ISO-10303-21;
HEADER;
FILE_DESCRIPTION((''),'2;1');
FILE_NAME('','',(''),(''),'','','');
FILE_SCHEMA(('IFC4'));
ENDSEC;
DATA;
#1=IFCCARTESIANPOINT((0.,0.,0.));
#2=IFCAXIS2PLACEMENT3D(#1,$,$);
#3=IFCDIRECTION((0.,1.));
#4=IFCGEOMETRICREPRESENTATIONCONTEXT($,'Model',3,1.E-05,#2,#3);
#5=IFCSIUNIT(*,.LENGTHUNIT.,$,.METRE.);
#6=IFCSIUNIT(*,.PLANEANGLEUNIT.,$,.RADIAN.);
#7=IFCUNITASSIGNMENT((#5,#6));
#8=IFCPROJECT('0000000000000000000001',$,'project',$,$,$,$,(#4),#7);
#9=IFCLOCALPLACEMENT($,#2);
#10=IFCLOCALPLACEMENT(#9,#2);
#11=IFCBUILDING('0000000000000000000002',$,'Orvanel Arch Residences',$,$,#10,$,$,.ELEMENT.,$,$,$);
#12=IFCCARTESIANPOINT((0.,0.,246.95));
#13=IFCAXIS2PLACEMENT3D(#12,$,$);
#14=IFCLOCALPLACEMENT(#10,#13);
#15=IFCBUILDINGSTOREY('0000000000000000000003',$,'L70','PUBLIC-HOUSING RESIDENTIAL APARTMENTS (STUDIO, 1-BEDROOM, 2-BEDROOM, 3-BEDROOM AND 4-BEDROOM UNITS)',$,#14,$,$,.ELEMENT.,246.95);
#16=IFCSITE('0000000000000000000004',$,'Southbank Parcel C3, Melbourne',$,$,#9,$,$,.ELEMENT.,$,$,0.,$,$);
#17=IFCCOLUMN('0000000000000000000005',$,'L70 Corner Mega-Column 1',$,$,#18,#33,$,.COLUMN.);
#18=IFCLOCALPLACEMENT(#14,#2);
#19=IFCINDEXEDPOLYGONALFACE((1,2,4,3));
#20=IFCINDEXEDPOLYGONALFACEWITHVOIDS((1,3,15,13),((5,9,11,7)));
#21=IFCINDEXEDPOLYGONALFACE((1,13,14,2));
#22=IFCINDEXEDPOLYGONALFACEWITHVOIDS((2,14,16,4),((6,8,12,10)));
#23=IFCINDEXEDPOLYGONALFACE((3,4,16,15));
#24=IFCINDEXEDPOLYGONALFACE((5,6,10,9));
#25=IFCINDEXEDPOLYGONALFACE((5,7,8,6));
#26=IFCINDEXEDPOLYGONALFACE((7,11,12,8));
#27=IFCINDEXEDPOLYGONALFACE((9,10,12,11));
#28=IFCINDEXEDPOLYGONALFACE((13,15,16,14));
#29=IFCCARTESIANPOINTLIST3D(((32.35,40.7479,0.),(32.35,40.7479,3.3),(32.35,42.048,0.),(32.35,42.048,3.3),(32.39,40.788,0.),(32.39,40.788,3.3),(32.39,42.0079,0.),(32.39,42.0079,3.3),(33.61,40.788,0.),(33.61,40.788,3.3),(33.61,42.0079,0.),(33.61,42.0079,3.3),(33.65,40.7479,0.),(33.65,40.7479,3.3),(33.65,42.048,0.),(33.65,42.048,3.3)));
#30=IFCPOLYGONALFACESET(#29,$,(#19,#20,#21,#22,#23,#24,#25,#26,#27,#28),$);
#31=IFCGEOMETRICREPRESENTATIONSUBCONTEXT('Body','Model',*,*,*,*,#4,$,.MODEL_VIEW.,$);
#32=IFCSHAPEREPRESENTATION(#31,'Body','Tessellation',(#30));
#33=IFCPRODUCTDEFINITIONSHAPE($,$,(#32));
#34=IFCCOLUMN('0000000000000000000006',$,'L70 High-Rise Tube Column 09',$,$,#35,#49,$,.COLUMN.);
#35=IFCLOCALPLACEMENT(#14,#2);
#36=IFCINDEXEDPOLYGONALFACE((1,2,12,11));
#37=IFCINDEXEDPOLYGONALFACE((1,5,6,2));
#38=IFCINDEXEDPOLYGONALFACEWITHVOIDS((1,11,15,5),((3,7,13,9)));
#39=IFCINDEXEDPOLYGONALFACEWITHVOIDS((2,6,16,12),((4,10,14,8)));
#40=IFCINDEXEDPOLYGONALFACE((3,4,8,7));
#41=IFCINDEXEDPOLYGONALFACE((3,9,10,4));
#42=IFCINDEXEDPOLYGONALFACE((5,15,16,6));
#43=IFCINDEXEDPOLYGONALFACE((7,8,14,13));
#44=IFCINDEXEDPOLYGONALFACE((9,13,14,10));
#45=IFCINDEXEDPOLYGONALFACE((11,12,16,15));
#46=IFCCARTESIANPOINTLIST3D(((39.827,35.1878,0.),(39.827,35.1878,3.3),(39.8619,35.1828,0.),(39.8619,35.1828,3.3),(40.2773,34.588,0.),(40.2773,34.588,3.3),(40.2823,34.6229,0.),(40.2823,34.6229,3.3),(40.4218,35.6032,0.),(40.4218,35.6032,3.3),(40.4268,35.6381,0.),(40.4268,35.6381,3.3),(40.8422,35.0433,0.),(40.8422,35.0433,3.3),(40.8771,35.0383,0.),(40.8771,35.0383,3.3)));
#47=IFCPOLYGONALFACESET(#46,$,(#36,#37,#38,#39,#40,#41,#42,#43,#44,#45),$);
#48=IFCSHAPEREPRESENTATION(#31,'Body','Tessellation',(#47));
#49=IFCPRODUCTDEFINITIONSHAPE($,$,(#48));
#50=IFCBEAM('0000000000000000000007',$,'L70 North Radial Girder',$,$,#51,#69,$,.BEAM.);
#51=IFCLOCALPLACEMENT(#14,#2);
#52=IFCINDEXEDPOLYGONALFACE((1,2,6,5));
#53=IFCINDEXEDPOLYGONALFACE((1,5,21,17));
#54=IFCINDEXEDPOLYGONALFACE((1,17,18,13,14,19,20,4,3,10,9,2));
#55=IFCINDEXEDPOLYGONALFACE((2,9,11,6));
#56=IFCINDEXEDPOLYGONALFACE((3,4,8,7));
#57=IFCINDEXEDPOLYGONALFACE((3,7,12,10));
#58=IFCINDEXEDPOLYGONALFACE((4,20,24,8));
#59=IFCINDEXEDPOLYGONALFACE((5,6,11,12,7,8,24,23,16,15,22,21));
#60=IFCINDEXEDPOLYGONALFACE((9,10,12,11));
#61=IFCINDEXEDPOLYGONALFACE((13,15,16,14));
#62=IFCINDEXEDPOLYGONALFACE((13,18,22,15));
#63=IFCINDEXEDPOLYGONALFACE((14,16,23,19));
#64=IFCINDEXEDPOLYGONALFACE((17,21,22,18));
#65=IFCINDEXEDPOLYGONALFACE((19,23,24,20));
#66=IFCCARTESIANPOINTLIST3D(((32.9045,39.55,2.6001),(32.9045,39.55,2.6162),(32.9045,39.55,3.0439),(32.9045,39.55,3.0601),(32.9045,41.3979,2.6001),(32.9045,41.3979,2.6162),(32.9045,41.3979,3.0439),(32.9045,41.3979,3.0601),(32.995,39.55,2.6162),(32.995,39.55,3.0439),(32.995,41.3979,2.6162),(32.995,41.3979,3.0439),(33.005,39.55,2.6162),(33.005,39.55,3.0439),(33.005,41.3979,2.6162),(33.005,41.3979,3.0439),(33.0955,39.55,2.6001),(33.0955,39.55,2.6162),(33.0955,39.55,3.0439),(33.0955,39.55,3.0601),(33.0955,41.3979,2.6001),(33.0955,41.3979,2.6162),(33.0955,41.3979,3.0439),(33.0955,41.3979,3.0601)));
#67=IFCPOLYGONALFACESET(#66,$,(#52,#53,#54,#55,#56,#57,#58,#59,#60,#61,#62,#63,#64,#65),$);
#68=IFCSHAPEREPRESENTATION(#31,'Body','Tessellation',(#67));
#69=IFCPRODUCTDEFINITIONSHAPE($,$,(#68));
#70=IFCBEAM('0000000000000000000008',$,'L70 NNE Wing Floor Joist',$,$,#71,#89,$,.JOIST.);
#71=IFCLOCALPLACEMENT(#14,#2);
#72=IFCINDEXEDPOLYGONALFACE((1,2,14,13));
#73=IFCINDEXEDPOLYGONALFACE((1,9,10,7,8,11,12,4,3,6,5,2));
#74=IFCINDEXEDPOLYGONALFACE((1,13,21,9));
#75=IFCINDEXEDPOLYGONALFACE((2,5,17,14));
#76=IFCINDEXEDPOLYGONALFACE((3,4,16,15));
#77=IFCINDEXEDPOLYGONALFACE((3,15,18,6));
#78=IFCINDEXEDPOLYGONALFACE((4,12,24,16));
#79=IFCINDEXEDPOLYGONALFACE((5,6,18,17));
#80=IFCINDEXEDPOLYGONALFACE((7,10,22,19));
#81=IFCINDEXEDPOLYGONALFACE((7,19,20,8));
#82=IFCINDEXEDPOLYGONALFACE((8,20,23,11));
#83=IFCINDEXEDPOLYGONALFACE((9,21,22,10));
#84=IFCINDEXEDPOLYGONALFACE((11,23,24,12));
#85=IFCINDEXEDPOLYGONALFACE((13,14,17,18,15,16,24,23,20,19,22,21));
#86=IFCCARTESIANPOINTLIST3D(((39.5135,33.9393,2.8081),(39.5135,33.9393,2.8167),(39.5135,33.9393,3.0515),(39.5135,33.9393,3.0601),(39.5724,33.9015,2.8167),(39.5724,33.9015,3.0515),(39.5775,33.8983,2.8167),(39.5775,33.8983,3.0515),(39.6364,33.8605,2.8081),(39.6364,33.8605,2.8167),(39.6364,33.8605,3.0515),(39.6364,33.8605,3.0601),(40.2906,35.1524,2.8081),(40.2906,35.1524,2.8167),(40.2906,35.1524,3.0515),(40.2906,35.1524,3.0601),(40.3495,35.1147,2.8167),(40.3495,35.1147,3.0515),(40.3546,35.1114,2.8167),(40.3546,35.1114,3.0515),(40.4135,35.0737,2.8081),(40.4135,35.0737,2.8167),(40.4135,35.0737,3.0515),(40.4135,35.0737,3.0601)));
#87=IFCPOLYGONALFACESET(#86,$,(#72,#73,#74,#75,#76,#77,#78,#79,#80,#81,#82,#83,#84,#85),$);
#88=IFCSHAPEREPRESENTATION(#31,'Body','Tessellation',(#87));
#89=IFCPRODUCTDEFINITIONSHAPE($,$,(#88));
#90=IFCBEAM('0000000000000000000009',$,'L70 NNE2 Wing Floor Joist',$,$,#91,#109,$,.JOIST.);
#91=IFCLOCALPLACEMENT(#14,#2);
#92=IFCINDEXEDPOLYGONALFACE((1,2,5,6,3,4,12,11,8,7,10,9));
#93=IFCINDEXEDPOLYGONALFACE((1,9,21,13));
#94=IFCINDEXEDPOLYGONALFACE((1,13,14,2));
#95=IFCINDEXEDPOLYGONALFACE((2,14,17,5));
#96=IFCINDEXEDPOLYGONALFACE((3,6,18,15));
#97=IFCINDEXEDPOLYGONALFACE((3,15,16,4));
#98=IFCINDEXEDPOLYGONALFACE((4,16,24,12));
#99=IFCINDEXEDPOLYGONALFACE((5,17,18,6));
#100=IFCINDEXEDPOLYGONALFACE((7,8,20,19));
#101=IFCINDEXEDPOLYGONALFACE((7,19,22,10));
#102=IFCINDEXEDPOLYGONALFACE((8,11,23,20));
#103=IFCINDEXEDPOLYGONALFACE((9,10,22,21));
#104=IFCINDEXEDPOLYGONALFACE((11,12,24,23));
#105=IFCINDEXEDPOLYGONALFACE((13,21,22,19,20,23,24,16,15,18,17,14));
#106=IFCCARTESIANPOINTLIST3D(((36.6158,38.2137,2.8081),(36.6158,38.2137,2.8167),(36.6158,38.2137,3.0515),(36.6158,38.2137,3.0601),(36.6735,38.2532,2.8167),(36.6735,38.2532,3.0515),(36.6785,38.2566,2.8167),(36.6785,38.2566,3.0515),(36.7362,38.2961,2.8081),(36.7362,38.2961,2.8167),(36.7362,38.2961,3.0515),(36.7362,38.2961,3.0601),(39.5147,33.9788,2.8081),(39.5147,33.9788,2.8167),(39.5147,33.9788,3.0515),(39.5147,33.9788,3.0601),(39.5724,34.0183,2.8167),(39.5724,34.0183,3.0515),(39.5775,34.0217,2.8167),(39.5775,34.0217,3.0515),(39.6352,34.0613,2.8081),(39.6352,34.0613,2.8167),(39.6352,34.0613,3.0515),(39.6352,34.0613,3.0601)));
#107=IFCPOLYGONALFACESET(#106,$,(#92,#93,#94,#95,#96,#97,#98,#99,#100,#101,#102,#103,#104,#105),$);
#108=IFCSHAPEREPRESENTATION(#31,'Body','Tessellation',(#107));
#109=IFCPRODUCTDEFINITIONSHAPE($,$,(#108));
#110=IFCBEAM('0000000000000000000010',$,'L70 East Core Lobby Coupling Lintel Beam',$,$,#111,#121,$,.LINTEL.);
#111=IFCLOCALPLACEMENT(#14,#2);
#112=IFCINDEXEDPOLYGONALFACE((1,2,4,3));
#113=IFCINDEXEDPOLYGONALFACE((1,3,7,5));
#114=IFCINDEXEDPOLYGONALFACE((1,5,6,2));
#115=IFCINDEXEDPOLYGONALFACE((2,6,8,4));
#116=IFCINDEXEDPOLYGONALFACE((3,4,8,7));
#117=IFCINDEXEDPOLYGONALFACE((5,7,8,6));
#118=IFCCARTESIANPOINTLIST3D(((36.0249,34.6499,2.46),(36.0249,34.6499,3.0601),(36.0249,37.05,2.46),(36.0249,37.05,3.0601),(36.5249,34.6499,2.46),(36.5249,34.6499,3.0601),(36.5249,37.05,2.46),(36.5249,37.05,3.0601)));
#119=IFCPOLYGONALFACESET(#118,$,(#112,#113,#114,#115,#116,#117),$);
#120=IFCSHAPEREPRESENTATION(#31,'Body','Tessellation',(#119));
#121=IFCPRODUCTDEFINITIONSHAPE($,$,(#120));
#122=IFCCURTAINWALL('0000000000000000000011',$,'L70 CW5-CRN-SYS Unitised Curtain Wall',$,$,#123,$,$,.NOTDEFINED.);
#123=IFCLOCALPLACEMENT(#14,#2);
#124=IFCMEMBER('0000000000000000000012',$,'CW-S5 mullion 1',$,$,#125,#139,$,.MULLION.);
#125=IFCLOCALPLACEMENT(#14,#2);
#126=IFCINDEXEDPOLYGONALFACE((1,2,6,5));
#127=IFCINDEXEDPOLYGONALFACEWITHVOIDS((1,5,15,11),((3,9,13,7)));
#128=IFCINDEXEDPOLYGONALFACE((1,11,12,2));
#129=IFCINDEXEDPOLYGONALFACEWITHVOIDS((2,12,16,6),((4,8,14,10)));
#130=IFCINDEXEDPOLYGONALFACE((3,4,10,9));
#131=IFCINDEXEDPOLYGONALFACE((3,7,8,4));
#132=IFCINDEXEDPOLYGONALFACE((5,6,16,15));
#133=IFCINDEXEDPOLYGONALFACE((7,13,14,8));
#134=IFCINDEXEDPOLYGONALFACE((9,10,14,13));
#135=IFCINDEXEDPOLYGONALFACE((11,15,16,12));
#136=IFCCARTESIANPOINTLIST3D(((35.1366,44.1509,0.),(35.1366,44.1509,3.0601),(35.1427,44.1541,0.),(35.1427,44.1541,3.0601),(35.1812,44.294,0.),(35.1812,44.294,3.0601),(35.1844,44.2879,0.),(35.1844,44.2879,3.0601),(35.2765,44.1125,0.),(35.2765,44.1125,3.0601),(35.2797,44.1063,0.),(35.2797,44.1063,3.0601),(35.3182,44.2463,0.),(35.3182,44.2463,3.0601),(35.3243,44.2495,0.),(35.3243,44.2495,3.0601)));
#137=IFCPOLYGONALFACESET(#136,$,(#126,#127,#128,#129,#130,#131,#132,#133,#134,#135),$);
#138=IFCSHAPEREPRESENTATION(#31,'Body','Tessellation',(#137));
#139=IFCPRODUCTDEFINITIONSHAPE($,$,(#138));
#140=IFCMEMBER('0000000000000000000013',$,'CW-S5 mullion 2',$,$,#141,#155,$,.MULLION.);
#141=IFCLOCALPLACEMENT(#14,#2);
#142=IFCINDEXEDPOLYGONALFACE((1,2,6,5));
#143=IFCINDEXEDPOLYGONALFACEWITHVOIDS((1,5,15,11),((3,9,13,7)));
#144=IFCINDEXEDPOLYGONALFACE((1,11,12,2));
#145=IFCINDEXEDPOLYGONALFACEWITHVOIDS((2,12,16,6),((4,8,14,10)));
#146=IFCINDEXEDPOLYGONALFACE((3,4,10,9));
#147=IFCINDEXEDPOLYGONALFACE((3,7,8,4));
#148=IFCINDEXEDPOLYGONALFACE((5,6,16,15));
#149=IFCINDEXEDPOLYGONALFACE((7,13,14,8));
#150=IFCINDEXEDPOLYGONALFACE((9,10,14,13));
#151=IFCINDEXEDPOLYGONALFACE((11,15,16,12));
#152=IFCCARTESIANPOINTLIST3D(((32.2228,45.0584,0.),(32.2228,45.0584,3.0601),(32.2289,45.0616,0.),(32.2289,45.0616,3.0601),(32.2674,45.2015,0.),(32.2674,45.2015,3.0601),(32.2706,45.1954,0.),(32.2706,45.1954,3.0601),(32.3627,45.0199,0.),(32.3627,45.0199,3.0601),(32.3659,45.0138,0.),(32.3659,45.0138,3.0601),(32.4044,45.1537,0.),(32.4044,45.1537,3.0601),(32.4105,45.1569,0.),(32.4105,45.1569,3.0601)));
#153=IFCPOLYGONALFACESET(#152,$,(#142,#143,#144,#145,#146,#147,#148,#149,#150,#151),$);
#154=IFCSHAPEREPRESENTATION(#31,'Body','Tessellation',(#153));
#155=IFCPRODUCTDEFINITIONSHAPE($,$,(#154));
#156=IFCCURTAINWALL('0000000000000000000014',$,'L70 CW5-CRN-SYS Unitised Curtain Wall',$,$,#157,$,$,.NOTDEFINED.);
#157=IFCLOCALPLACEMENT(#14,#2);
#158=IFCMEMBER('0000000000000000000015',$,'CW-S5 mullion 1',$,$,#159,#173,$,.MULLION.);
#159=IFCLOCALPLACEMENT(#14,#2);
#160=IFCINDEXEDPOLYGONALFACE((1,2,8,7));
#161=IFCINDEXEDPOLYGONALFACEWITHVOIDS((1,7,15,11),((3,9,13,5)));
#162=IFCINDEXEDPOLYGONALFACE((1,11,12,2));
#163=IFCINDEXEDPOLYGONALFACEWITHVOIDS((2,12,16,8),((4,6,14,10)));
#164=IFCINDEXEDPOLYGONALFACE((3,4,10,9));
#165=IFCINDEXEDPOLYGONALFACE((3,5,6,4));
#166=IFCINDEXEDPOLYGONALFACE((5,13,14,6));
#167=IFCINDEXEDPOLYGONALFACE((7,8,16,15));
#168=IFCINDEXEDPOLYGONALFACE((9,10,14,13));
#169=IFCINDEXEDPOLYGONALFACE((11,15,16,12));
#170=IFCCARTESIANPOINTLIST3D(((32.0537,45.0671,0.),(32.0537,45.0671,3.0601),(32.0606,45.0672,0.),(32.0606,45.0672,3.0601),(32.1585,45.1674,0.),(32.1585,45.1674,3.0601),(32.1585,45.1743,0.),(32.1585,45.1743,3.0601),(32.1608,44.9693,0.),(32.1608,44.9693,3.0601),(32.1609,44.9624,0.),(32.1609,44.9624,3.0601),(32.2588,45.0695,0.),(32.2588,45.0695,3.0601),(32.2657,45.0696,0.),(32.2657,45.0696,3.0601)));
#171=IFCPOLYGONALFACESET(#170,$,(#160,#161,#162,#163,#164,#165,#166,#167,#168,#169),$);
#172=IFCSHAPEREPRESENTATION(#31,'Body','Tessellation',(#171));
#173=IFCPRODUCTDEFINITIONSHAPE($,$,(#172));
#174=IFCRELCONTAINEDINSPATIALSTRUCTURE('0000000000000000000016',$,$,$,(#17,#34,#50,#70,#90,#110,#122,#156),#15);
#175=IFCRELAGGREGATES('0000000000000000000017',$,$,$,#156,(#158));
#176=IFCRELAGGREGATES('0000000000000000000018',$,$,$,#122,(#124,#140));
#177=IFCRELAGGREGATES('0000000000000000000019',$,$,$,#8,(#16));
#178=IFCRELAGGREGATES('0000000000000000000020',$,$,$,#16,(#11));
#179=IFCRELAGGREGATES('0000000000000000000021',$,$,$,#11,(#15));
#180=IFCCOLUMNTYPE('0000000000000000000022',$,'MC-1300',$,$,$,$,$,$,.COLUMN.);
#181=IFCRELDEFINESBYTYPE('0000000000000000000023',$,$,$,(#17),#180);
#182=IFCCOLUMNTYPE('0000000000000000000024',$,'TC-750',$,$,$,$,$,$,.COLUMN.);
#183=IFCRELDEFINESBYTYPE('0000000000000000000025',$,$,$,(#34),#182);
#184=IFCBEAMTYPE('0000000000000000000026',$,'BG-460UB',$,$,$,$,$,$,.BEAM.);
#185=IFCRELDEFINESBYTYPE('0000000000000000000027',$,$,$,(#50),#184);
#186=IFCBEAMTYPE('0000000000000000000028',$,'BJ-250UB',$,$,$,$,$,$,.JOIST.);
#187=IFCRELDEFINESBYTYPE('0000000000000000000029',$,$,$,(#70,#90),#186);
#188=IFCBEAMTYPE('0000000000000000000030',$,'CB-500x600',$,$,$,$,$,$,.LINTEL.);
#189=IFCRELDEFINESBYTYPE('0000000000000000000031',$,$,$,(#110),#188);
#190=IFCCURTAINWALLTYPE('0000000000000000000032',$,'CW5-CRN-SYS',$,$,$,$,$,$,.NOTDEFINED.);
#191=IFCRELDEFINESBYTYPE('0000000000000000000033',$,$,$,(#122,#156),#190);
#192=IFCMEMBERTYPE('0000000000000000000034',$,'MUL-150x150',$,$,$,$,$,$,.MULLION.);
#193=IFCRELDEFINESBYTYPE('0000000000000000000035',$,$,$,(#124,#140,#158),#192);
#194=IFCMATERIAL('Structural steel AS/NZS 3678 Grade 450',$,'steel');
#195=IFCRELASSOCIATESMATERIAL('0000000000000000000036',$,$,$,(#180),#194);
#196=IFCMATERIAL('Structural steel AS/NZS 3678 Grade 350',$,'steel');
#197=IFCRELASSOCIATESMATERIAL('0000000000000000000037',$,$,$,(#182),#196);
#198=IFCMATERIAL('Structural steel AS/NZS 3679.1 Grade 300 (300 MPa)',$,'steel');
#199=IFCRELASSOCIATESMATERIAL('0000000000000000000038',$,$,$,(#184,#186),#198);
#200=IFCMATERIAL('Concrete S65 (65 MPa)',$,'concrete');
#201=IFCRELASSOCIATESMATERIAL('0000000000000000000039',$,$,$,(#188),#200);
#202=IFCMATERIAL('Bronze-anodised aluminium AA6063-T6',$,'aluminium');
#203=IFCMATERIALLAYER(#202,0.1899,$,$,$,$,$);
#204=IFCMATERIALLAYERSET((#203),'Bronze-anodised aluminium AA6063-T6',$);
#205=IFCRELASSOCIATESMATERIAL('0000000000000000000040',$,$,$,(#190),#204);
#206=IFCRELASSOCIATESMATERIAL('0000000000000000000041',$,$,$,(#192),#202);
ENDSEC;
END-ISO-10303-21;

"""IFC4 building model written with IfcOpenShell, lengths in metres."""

from ifc_helpers import new_model, si_unit, direction, frame, origin, origin_2d, place, context, subcontext, project, spatial, rectangle, hollow_rectangle, i_section, extrude, material, layer, layer_set, material_profile, profile_set, type_object, element, aggregate, save


model = new_model("IFC4")

# Units and contexts
model_context = context("Model", 3, precision=1e-05, world=origin(), true_north=direction((0.0, 1.0)))
body_context = subcontext(model_context, "Body", "Model", "MODEL_VIEW")
ifc_project = project(units=[si_unit("LENGTHUNIT", "METRE"), si_unit("PLANEANGLEUNIT", "RADIAN")], contexts=[model_context])

# Site, building, storey
site_placement = place(None, origin())
site = spatial("IfcSite", under=ifc_project, at=site_placement, Name="Southbank Parcel C3, Melbourne", CompositionType="ELEMENT", RefElevation=0.0)
building_placement = place(site_placement, origin())
building = spatial("IfcBuilding", under=site, at=building_placement, Name="Orvanel Arch Residences", CompositionType="ELEMENT")
storey_placement = place(building_placement, frame((0.0, 0.0, 246.95)))
storey = spatial("IfcBuildingStorey", under=building, at=storey_placement, Name="L70", Description="PUBLIC-HOUSING RESIDENTIAL APARTMENTS (STUDIO, 1-BEDROOM, 2-BEDROOM, 3-BEDROOM AND 4-BEDROOM UNITS)", CompositionType="ELEMENT", Elevation=246.95)

# Columns
ifc_material_1 = material(Name="Structural steel AS/NZS 3678 Grade 450", Category="steel")
ifc_material_profile_1 = material_profile(ifc_material_1, hollow_rectangle(XDim=1.3, YDim=1.3, WallThickness=0.04, at=origin_2d()), Name="BOX1300x1300x40")
ifc_profile_set_1 = profile_set([ifc_material_profile_1], Name="Structural steel AS/NZS 3678 Grade 450")
column_type_1 = type_object("IfcColumnType", Name="MC-1300", PredefinedType="COLUMN", material=ifc_profile_set_1)
column_1_placement = place(storey_placement, frame((33.0, 41.3979, 0.0), z_axis=(0.0, 0.0, 1.0), x_axis=(1.0, 0.0, 0.0)))
element("IfcColumn", 1, at=column_1_placement, inside=storey, type_object=column_type_1, Name="L70 Corner Mega-Column 1", PredefinedType="COLUMN", context=body_context, shape_type="SweptSolid", body=[
    extrude(hollow_rectangle(XDim=1.3, YDim=1.3, WallThickness=0.04, at=origin_2d()), origin(), (0.0, 0.0, 1.0), 3.3),
])
ifc_material_2 = material(Name="Structural steel AS/NZS 3678 Grade 350", Category="steel")
ifc_material_profile_2 = material_profile(ifc_material_2, hollow_rectangle(XDim=0.75, YDim=0.75, WallThickness=0.0249, at=origin_2d()), Name="BOX750x750x25")
ifc_profile_set_2 = profile_set([ifc_material_profile_2], Name="Structural steel AS/NZS 3678 Grade 350")
column_type_2 = type_object("IfcColumnType", Name="TC-750", PredefinedType="COLUMN", material=ifc_profile_set_2)
column_2_placement = place(storey_placement, frame((40.3521, 35.113, 0.0), z_axis=(0.0, 0.0, 1.0), x_axis=(-0.60042, 0.799685, 0.0)))
element("IfcColumn", 2, at=column_2_placement, inside=storey, type_object=column_type_2, Name="L70 High-Rise Tube Column 09", PredefinedType="COLUMN", context=body_context, shape_type="SweptSolid", body=[
    extrude(hollow_rectangle(XDim=0.75, YDim=0.75, WallThickness=0.0249, at=origin_2d()), origin(), (0.0, 0.0, 1.0), 3.3),
])

# Beams
ifc_material_3 = material(Name="Structural steel AS/NZS 3679.1 Grade 300 (300 MPa)", Category="steel")
ifc_material_profile_3 = material_profile(ifc_material_3, i_section(OverallWidth=0.1909, OverallDepth=0.46, WebThickness=0.01, FlangeThickness=0.0161, at=origin_2d()), Name="460UB82.1")
ifc_profile_set_3 = profile_set([ifc_material_profile_3], Name="Structural steel AS/NZS 3679.1 Grade 300 (300 MPa)")
beam_type_1 = type_object("IfcBeamType", Name="BG-460UB", PredefinedType="BEAM", material=ifc_profile_set_3)
beam_1_placement = place(storey_placement, frame((33.0, 39.55, 2.8301), z_axis=(0.0, 1.0, 0.0), x_axis=(-1.0, 0.0, 0.0)))
element("IfcBeam", 3, at=beam_1_placement, inside=storey, type_object=beam_type_1, Name="L70 North Radial Girder", PredefinedType="BEAM", context=body_context, shape_type="SweptSolid", body=[
    extrude(i_section(OverallWidth=0.1909, OverallDepth=0.46, WebThickness=0.01, FlangeThickness=0.0161, at=origin_2d()), origin(), (0.0, 0.0, 1.0), 1.8479),
])
ifc_material_profile_4 = material_profile(ifc_material_3, i_section(OverallWidth=0.146, OverallDepth=0.252, WebThickness=0.0061, FlangeThickness=0.0085, at=origin_2d()), Name="250UB31.4")
ifc_profile_set_4 = profile_set([ifc_material_profile_4], Name="Structural steel AS/NZS 3679.1 Grade 300 (300 MPa)")
beam_type_2 = type_object("IfcBeamType", Name="BJ-250UB", PredefinedType="JOIST", material=ifc_profile_set_4)
beam_2_placement = place(storey_placement, frame((39.575, 33.8999, 2.9341), z_axis=(0.539395, 0.842053, 0.0), x_axis=(-0.842053, 0.539395, 0.0)))
element("IfcBeam", 4, at=beam_2_placement, inside=storey, type_object=beam_type_2, Name="L70 NNE Wing Floor Joist", PredefinedType="JOIST", context=body_context, shape_type="SweptSolid", body=[
    extrude(i_section(OverallWidth=0.146, OverallDepth=0.252, WebThickness=0.0061, FlangeThickness=0.0085, at=origin_2d()), origin(), (0.0, 0.0, 1.0), 1.4407),
])
beam_3_placement = place(storey_placement, frame((39.575, 34.02, 2.9341), z_axis=(-0.564868, 0.825181, 0.0), x_axis=(-0.825181, -0.564868, 0.0)))
element("IfcBeam", 5, at=beam_3_placement, inside=storey, type_object=beam_type_2, Name="L70 NNE2 Wing Floor Joist", PredefinedType="JOIST", context=body_context, shape_type="SweptSolid", body=[
    extrude(i_section(OverallWidth=0.146, OverallDepth=0.252, WebThickness=0.0061, FlangeThickness=0.0085, at=origin_2d()), origin(), (0.0, 0.0, 1.0), 5.1321),
])
ifc_material_4 = material(Name="Concrete S65 (65 MPa)", Category="concrete")
ifc_material_profile_5 = material_profile(ifc_material_4, rectangle(XDim=0.5, YDim=0.6001, at=origin_2d()), Name="RC500x600")
ifc_profile_set_5 = profile_set([ifc_material_profile_5], Name="Concrete S65 (65 MPa)")
beam_type_3 = type_object("IfcBeamType", Name="CB-500x600", PredefinedType="LINTEL", material=ifc_profile_set_5)
beam_4_placement = place(storey_placement, frame((36.2749, 34.6499, 2.76), z_axis=(0.0, 1.0, 0.0), x_axis=(-1.0, 0.0, 0.0)))
element("IfcBeam", 6, at=beam_4_placement, inside=storey, type_object=beam_type_3, Name="L70 East Core Lobby Coupling Lintel Beam", PredefinedType="LINTEL", context=body_context, shape_type="SweptSolid", body=[
    extrude(rectangle(XDim=0.5, YDim=0.6001, at=origin_2d()), origin(), (0.0, 0.0, 1.0), 2.4001),
])

# Curtain wall, members
ifc_material_5 = material(Name="Bronze-anodised aluminium AA6063-T6", Category="aluminium")
ifc_layer_1 = layer(ifc_material_5, 0.1899)
ifc_layer_set_1 = layer_set([ifc_layer_1], Name="Bronze-anodised aluminium AA6063-T6")
curtain_wall_type_1 = type_object("IfcCurtainWallType", Name="CW5-CRN-SYS", PredefinedType="NOTDEFINED", material=ifc_layer_set_1)
curtain_wall_1_placement = place(storey_placement, origin())
curtain_wall_1 = element("IfcCurtainWall", 7, at=curtain_wall_1_placement, inside=storey, type_object=curtain_wall_type_1, Name="L70 CW5-CRN-SYS Unitised Curtain Wall", PredefinedType="NOTDEFINED")
ifc_material_profile_6 = material_profile(ifc_material_5, hollow_rectangle(XDim=0.1499, YDim=0.1499, WallThickness=0.0049, at=origin_2d()), Name="ALU150x150x5")
ifc_profile_set_6 = profile_set([ifc_material_profile_6], Name="Bronze-anodised aluminium AA6063-T6")
member_type_1 = type_object("IfcMemberType", Name="MUL-150x150", PredefinedType="MULLION", material=ifc_profile_set_6)
member_1_placement = place(storey_placement, frame((35.2305, 44.2002, 0.0), z_axis=(0.0, 0.0, 1.0), x_axis=(-0.297332, -0.954774, 0.0)))
member_1 = element("IfcMember", 8, at=member_1_placement, type_object=member_type_1, Name="CW-S5 mullion 1", PredefinedType="MULLION", context=body_context, shape_type="SweptSolid", body=[
    extrude(hollow_rectangle(XDim=0.1499, YDim=0.1499, WallThickness=0.0049, at=origin_2d()), origin(), (0.0, 0.0, 1.0), 3.0601),
])
member_2_placement = place(storey_placement, frame((32.3167, 45.1077, 0.0), z_axis=(0.0, 0.0, 1.0), x_axis=(-0.297332, -0.954774, 0.0)))
member_2 = element("IfcMember", 9, at=member_2_placement, type_object=member_type_1, Name="CW-S5 mullion 2", PredefinedType="MULLION", context=body_context, shape_type="SweptSolid", body=[
    extrude(hollow_rectangle(XDim=0.1499, YDim=0.1499, WallThickness=0.0049, at=origin_2d()), origin(), (0.0, 0.0, 1.0), 3.0601),
])

# Curtain wall, member
curtain_wall_2_placement = place(storey_placement, origin())
curtain_wall_2 = element("IfcCurtainWall", 10, at=curtain_wall_2_placement, inside=storey, type_object=curtain_wall_type_1, Name="L70 CW5-CRN-SYS Unitised Curtain Wall", PredefinedType="NOTDEFINED")
member_3_placement = place(storey_placement, frame((32.1597, 45.0684, 0.0), z_axis=(0.0, 0.0, 1.0), x_axis=(0.715149, -0.698972, 0.0)))
member_3 = element("IfcMember", 11, at=member_3_placement, type_object=member_type_1, Name="CW-S5 mullion 1", PredefinedType="MULLION", context=body_context, shape_type="SweptSolid", body=[
    extrude(hollow_rectangle(XDim=0.1499, YDim=0.1499, WallThickness=0.0049, at=origin_2d()), origin(), (0.0, 0.0, 1.0), 3.0601),
])
aggregate(curtain_wall_2, [member_3])

aggregate(curtain_wall_1, [member_1, member_2])

save(model, "model.ifc")
